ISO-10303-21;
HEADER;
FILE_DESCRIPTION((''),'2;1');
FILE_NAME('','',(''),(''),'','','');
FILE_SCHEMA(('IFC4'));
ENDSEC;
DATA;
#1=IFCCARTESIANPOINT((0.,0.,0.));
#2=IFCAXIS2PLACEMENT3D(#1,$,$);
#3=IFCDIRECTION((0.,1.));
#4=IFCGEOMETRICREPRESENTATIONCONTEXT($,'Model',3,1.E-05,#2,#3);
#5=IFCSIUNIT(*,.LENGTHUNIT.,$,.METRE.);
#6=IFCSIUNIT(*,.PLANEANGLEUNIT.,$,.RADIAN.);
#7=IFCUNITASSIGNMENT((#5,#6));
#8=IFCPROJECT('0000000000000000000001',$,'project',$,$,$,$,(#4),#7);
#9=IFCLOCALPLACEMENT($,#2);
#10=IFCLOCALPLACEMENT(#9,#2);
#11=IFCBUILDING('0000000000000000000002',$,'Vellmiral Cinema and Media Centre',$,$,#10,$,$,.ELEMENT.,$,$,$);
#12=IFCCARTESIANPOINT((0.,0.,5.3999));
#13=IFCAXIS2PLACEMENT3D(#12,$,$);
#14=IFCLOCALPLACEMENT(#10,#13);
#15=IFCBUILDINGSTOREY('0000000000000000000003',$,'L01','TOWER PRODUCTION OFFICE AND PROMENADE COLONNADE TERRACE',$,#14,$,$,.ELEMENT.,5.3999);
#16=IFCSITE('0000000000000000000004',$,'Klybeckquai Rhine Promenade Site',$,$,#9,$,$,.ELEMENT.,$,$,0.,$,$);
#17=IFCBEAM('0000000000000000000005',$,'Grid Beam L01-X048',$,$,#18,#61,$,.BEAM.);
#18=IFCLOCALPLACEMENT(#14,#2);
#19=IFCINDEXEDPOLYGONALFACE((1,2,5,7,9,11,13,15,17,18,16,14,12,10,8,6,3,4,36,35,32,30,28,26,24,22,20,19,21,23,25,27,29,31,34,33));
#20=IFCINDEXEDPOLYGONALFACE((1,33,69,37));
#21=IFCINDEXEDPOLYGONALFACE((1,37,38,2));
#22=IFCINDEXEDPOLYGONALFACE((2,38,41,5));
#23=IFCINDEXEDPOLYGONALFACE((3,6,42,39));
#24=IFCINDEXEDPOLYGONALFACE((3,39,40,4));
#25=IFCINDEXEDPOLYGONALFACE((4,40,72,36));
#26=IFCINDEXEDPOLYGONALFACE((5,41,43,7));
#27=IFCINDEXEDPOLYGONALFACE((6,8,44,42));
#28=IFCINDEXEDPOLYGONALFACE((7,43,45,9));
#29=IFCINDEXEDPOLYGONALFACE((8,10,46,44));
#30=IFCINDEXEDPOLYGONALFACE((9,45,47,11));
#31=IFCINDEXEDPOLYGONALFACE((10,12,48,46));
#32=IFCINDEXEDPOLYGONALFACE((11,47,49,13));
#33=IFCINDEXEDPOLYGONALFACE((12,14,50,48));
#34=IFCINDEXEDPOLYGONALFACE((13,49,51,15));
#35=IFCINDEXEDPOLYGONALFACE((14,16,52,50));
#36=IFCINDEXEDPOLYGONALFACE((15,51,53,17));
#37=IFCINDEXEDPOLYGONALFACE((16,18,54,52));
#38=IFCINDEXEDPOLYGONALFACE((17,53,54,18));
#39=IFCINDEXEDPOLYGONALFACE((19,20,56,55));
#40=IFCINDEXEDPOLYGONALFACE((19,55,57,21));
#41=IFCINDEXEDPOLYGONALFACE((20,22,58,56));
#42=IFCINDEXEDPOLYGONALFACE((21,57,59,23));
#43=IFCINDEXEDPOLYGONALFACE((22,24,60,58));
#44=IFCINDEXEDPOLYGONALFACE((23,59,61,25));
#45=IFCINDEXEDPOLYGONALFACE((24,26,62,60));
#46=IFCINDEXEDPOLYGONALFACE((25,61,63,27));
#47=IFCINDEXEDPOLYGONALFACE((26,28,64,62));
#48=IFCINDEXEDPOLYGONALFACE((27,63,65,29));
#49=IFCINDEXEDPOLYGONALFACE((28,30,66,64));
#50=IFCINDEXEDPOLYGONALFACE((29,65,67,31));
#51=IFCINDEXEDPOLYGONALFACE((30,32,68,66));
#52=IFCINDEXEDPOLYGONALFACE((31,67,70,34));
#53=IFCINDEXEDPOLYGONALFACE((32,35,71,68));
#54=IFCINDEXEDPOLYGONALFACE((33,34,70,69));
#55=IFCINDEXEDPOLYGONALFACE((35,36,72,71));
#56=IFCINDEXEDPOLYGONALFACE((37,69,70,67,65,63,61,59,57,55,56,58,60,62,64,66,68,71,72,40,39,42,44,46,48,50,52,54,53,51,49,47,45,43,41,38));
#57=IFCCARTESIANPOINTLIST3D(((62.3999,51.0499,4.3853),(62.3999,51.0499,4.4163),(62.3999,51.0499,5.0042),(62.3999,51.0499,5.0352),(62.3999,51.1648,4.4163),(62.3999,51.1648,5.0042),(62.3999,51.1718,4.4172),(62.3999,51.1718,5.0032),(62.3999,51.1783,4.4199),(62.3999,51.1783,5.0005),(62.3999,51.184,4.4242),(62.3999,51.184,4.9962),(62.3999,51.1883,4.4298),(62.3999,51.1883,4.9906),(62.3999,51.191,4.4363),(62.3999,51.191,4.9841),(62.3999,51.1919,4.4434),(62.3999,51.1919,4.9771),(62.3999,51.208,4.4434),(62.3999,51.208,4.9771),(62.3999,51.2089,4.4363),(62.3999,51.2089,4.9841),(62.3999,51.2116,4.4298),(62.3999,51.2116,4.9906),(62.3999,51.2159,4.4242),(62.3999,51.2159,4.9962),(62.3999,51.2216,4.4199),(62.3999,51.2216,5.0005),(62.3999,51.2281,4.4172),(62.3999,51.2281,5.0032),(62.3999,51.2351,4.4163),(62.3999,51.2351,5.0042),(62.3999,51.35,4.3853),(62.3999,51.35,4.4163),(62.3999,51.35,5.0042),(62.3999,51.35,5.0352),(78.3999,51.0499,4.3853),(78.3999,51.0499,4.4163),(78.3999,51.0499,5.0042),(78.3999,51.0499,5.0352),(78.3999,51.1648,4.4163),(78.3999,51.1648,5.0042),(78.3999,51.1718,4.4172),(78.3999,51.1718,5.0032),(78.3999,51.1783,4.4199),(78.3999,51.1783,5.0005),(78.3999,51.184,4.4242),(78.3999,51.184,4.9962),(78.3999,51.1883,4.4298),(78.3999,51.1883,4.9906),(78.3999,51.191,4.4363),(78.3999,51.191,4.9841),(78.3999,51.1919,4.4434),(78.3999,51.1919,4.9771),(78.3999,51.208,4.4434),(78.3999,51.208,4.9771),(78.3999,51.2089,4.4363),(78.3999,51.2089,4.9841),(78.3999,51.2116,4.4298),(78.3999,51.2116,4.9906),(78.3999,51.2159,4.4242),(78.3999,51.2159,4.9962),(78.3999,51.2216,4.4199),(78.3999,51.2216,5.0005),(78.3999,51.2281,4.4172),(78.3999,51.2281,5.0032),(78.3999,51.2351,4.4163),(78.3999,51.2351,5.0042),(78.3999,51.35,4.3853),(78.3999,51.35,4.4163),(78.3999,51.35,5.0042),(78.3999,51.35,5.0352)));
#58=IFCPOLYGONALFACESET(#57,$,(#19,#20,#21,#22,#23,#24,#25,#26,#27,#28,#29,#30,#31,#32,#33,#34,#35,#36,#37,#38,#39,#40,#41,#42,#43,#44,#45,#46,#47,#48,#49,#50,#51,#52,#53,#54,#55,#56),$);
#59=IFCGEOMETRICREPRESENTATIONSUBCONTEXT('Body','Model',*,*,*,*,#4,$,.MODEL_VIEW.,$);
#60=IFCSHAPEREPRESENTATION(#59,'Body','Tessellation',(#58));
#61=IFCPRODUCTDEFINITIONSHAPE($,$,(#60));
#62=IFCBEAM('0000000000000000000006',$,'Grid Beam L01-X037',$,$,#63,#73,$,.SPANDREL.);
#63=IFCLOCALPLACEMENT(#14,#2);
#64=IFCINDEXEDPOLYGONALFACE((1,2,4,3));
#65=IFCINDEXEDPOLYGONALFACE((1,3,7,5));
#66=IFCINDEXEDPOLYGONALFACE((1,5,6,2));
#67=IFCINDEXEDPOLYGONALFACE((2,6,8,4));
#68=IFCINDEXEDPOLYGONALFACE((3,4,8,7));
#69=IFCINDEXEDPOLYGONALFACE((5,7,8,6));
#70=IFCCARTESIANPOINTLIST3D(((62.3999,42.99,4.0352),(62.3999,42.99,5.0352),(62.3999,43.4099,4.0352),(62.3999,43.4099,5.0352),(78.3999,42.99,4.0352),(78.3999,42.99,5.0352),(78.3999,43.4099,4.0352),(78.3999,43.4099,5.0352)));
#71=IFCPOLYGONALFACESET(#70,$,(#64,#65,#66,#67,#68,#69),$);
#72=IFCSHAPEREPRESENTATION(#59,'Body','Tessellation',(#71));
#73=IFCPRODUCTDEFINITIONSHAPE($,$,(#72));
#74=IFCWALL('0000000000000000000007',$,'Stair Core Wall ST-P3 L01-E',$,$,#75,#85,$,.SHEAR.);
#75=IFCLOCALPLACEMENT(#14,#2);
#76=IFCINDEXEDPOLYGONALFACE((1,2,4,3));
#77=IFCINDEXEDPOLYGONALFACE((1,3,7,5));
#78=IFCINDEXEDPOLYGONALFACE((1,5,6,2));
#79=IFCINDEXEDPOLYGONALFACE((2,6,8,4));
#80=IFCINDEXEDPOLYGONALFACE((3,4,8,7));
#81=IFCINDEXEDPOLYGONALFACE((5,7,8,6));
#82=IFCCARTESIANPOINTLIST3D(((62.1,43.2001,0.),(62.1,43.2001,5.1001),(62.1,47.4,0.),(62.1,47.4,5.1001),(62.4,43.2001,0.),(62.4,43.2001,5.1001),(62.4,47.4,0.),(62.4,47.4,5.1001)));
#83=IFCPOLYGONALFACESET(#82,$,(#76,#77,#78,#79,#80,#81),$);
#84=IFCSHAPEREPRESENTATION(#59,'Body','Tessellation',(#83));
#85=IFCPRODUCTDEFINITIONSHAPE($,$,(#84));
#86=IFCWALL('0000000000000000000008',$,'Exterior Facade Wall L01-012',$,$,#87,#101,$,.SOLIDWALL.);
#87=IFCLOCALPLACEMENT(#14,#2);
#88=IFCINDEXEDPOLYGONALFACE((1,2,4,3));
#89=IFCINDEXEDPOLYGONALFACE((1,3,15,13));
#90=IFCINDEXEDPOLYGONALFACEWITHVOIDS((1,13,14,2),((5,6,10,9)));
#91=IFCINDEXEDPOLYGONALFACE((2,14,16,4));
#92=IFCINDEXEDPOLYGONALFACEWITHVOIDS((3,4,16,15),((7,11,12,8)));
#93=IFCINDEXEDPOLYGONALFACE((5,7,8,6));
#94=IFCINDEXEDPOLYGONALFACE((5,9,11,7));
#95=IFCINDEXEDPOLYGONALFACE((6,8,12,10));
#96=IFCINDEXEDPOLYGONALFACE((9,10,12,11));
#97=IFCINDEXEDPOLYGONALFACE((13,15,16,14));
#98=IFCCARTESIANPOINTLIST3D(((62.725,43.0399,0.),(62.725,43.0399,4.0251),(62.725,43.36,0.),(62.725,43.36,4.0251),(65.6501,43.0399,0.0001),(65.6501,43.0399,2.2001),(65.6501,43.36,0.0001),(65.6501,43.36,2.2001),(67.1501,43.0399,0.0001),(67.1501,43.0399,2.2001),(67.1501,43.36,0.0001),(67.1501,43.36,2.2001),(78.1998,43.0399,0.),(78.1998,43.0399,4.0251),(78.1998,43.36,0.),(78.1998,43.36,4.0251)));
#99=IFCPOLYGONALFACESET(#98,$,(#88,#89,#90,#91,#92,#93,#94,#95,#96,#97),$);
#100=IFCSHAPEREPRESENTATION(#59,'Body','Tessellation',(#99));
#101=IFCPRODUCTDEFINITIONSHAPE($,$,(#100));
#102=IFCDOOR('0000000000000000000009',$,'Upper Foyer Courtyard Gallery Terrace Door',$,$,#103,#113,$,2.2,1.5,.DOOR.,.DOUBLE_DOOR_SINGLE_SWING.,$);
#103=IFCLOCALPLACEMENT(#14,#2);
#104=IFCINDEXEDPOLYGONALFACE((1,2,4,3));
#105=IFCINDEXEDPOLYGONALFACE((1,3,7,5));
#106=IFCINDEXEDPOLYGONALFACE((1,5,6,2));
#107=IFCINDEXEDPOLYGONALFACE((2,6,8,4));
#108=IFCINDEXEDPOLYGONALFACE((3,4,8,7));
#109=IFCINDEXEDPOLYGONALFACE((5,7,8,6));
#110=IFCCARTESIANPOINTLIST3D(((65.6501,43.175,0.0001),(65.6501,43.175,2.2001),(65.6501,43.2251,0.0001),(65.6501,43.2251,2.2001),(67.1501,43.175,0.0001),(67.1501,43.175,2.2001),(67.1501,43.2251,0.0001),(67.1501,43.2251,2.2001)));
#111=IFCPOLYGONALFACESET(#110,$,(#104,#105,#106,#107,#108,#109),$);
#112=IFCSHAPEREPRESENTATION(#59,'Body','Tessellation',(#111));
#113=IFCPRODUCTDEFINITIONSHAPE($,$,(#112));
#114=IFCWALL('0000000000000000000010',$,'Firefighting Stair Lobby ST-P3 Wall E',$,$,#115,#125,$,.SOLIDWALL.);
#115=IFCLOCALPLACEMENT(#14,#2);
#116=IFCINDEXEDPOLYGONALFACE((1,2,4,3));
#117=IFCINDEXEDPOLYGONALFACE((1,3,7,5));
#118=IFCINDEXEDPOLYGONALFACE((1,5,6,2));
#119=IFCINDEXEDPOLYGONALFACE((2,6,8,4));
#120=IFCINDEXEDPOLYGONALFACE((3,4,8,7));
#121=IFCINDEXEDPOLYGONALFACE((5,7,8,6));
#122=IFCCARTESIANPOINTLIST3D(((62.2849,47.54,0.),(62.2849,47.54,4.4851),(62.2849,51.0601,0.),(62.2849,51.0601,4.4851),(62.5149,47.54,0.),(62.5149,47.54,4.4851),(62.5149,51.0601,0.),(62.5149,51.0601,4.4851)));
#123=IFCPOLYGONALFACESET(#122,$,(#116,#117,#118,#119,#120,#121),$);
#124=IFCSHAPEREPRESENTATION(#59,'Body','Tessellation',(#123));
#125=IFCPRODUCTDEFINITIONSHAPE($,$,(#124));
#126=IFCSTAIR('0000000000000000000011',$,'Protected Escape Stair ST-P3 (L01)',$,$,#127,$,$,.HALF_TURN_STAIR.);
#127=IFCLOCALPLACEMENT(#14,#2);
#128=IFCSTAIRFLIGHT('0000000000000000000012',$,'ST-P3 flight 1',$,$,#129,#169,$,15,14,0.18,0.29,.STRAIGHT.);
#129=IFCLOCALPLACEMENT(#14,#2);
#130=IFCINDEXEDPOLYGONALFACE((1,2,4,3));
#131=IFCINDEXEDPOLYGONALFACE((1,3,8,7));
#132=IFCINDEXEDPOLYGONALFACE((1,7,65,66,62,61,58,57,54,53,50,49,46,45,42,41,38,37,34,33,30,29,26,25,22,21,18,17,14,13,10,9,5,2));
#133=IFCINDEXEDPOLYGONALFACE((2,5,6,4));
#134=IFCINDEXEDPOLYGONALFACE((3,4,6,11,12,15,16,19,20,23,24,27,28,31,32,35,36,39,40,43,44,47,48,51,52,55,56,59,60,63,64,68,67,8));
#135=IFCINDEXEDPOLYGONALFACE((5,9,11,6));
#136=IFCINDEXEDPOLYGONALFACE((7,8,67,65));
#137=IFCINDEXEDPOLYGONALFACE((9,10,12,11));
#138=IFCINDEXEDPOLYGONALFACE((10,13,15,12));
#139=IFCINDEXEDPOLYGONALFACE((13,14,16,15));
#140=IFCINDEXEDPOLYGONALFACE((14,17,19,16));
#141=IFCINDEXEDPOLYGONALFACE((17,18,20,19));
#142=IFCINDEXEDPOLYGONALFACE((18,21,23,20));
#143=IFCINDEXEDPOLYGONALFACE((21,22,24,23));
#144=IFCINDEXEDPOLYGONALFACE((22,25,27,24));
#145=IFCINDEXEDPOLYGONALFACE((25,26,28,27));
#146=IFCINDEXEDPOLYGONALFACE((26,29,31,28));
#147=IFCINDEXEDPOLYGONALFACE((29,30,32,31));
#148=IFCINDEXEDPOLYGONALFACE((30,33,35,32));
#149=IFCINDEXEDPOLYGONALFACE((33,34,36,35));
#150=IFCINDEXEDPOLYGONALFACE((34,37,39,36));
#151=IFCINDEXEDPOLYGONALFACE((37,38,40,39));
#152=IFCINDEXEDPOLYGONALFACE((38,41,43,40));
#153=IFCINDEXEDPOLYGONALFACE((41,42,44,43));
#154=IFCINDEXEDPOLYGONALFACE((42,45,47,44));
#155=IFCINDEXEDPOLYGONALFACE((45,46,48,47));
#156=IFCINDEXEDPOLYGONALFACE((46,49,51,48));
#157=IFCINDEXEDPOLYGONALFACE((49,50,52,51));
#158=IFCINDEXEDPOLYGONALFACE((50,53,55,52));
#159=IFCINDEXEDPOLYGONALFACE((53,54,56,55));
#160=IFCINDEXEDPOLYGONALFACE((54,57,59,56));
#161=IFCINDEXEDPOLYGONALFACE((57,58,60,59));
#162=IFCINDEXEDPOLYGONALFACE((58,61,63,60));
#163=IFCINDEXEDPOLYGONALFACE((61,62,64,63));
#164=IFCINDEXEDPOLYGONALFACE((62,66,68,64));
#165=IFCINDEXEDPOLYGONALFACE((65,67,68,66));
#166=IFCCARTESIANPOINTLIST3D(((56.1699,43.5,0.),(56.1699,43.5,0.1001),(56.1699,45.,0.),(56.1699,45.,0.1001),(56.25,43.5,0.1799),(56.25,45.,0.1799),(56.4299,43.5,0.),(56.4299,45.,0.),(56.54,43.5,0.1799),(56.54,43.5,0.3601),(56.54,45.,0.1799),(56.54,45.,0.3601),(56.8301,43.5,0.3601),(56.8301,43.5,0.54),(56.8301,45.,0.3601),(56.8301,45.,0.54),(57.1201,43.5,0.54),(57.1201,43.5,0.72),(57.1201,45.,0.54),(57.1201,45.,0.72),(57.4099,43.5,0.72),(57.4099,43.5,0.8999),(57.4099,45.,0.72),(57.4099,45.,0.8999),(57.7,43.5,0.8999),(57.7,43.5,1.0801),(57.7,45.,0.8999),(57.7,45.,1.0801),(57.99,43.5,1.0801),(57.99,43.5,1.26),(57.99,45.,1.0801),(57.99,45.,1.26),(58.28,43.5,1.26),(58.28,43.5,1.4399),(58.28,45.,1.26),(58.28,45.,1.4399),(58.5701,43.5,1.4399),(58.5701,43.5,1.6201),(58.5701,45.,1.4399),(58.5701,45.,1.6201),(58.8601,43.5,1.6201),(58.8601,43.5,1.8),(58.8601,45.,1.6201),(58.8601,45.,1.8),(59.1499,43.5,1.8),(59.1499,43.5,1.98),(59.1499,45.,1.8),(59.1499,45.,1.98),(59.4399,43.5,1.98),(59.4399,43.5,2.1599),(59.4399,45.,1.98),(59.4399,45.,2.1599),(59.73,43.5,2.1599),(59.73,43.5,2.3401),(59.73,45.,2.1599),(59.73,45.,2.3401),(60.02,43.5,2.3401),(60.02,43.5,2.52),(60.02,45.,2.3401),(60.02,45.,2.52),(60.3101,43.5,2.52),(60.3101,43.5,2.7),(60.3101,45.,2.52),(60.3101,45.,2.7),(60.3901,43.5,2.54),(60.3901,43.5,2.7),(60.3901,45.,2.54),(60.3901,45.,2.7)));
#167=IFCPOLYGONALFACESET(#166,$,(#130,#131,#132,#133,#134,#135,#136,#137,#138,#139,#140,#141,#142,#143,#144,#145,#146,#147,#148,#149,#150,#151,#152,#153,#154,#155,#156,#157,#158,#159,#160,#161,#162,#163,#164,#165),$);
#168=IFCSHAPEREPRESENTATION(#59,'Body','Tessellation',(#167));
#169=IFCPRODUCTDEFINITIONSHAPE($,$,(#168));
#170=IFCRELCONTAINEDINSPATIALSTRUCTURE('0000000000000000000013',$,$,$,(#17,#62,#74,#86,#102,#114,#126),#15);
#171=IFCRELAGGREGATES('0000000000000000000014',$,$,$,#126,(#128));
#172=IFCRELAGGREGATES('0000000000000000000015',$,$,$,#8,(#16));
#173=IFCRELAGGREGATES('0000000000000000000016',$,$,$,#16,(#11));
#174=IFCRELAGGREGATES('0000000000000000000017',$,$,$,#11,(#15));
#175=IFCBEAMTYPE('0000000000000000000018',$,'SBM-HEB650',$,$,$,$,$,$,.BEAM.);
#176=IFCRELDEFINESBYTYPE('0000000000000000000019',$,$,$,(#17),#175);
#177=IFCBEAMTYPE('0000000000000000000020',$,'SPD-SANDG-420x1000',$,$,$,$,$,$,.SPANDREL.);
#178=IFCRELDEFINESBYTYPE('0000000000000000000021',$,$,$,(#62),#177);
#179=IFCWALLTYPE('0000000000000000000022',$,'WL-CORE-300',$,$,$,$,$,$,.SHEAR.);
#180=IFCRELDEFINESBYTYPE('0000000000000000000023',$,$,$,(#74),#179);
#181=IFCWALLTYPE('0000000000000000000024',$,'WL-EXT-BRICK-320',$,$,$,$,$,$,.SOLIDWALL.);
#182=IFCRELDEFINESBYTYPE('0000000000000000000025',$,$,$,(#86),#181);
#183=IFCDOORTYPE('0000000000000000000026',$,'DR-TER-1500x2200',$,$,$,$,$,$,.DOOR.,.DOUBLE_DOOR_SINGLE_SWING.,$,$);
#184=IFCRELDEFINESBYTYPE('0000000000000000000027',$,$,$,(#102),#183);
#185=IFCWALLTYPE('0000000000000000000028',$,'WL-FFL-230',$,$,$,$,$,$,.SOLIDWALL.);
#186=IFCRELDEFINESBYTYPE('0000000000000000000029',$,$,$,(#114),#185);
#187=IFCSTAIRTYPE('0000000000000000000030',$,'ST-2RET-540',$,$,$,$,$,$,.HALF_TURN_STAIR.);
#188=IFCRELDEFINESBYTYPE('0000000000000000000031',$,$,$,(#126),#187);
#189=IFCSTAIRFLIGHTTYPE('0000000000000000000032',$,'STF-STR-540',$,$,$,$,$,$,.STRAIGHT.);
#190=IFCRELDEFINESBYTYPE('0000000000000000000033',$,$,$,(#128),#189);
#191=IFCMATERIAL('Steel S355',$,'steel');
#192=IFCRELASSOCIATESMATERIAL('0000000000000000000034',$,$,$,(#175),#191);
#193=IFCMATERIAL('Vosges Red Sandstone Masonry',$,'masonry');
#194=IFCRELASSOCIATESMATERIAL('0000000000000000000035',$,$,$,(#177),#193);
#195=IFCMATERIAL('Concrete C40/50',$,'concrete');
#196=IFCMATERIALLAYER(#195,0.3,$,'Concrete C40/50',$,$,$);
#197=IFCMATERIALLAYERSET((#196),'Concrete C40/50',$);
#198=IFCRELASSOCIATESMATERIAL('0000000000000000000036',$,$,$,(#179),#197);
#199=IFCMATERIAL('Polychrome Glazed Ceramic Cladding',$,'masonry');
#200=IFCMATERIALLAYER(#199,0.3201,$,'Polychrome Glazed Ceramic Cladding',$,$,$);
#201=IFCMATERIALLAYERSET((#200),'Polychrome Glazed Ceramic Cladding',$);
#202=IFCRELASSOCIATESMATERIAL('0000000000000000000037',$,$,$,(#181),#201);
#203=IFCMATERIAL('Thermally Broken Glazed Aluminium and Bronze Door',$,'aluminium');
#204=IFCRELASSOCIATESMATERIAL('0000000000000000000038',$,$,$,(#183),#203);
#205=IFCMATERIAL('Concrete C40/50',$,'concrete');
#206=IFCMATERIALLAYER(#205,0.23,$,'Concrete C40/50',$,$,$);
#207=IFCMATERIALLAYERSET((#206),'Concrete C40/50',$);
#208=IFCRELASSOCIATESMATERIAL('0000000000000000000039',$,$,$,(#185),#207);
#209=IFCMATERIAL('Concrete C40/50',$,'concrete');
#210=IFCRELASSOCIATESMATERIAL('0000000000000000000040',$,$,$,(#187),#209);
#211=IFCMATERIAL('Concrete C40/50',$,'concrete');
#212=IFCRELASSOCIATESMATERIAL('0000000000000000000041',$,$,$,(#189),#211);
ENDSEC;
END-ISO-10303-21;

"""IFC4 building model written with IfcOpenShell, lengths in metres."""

from ifc_helpers import new_model, si_unit, direction, frame, frame_2d, origin, origin_2d, place, context, subcontext, project, spatial, polyline, rectangle, i_section, outline, extrude, material, layer, layer_set, material_profile, profile_set, type_object, element, fill, aggregate, save


model = new_model("IFC4")

# Units and contexts
model_context = context("Model", 3, precision=1e-05, world=origin(), true_north=direction((0.0, 1.0)))
body_context = subcontext(model_context, "Body", "Model", "MODEL_VIEW")
ifc_project = project(units=[si_unit("LENGTHUNIT", "METRE"), si_unit("PLANEANGLEUNIT", "RADIAN")], contexts=[model_context])

# Site, building, storey
site_placement = place(None, origin())
site = spatial("IfcSite", under=ifc_project, at=site_placement, Name="Klybeckquai Rhine Promenade Site", CompositionType="ELEMENT", RefElevation=0.0)
building_placement = place(site_placement, origin())
building = spatial("IfcBuilding", under=site, at=building_placement, Name="Vellmiral Cinema and Media Centre", CompositionType="ELEMENT")
storey_placement = place(building_placement, frame((0.0, 0.0, 5.3999)))
storey = spatial("IfcBuildingStorey", under=building, at=storey_placement, Name="L01", Description="TOWER PRODUCTION OFFICE AND PROMENADE COLONNADE TERRACE", CompositionType="ELEMENT", Elevation=5.3999)

# Beams
ifc_material_1 = material(Name="Steel S355", Category="steel")
ifc_material_profile_1 = material_profile(ifc_material_1, i_section(OverallWidth=0.3, OverallDepth=0.6499, WebThickness=0.0161, FlangeThickness=0.031, FilletRadius=0.0271, at=origin_2d()), Name="HEB 650")
ifc_profile_set_1 = profile_set([ifc_material_profile_1], Name="Steel S355")
beam_type_1 = type_object("IfcBeamType", Name="SBM-HEB650", PredefinedType="BEAM", material=ifc_profile_set_1)
beam_1_placement = place(storey_placement, frame((62.3999, 51.2, 4.7102), z_axis=(1.0, 0.0, 0.0), x_axis=(0.0, 1.0, 0.0)))
element("IfcBeam", 1, at=beam_1_placement, inside=storey, type_object=beam_type_1, Name="Grid Beam L01-X048", PredefinedType="BEAM", context=body_context, shape_type="SweptSolid", body=[
    extrude(i_section(OverallWidth=0.3, OverallDepth=0.6499, WebThickness=0.0161, FlangeThickness=0.031, FilletRadius=0.0271, at=origin_2d()), origin(), (0.0, 0.0, 1.0), 16.0),
])
ifc_material_2 = material(Name="Vosges Red Sandstone Masonry", Category="masonry")
ifc_material_profile_2 = material_profile(ifc_material_2, rectangle(XDim=0.4199, YDim=1.0, at=origin_2d()), Name="SAND 420x1000")
ifc_profile_set_2 = profile_set([ifc_material_profile_2], Name="Vosges Red Sandstone Masonry")
beam_type_2 = type_object("IfcBeamType", Name="SPD-SANDG-420x1000", PredefinedType="SPANDREL", material=ifc_profile_set_2)
beam_2_placement = place(storey_placement, frame((62.3999, 43.2, 4.5352), z_axis=(1.0, 0.0, 0.0), x_axis=(0.0, 1.0, 0.0)))
element("IfcBeam", 2, at=beam_2_placement, inside=storey, type_object=beam_type_2, Name="Grid Beam L01-X037", PredefinedType="SPANDREL", context=body_context, shape_type="SweptSolid", body=[
    extrude(rectangle(XDim=0.4199, YDim=1.0, at=origin_2d()), origin(), (0.0, 0.0, 1.0), 16.0),
])

# Wall
ifc_material_3 = material(Name="Concrete C40/50", Category="concrete")
ifc_layer_1 = layer(ifc_material_3, 0.3, Name="Concrete C40/50")
ifc_layer_set_1 = layer_set([ifc_layer_1], Name="Concrete C40/50")
wall_type_1 = type_object("IfcWallType", Name="WL-CORE-300", PredefinedType="SHEAR", material=ifc_layer_set_1)
wall_1_placement = place(storey_placement, frame((62.25, 43.2, 0.0), z_axis=(0.0, 0.0, 1.0), x_axis=(0.0, 1.0, 0.0)))
element("IfcWall", 3, at=wall_1_placement, inside=storey, type_object=wall_type_1, Name="Stair Core Wall ST-P3 L01-E", PredefinedType="SHEAR", context=body_context, shape_type="SweptSolid", body=[
    extrude(rectangle(XDim=4.2, YDim=0.3, at=frame_2d((2.1001, 0.0))), origin(), (0.0, 0.0, 1.0), 5.1001),
])

# Wall, opening, door
ifc_material_4 = material(Name="Polychrome Glazed Ceramic Cladding", Category="masonry")
ifc_layer_2 = layer(ifc_material_4, 0.3201, Name="Polychrome Glazed Ceramic Cladding")
ifc_layer_set_2 = layer_set([ifc_layer_2], Name="Polychrome Glazed Ceramic Cladding")
wall_type_2 = type_object("IfcWallType", Name="WL-EXT-BRICK-320", PredefinedType="SOLIDWALL", material=ifc_layer_set_2)
wall_2_placement = place(storey_placement, frame((62.7251, 43.2, 0.0), z_axis=(0.0, 0.0, 1.0), x_axis=(1.0, 0.0, 0.0)))
wall_2 = element("IfcWall", 4, at=wall_2_placement, inside=storey, type_object=wall_type_2, Name="Exterior Facade Wall L01-012", PredefinedType="SOLIDWALL", context=body_context, shape_type="SweptSolid", body=[
    extrude(rectangle(XDim=15.4749, YDim=0.3201, at=frame_2d((7.7373, 0.0))), origin(), (0.0, 0.0, 1.0), 4.0251),
])
opening_placement = place(wall_2_placement, frame((2.925, 0.0, 0.0)))
opening = element("IfcOpeningElement", 5, at=opening_placement, cuts=wall_2, PredefinedType="OPENING", context=body_context, shape_type="SweptSolid", body=[
    extrude(rectangle(XDim=1.5, YDim=2.2, at=frame_2d((0.75, 1.1001))), frame((0.0, 0.1719, 0.0), z_axis=(0.0, -1.0, 0.0), x_axis=(1.0, 0.0, 0.0)), (0.0, 0.0, 1.0), 0.344),
])
ifc_material_5 = material(Name="Thermally Broken Glazed Aluminium and Bronze Door", Category="aluminium")
door_type = type_object("IfcDoorType", Name="DR-TER-1500x2200", OperationType="DOUBLE_DOOR_SINGLE_SWING", PredefinedType="DOOR", material=ifc_material_5)
door_placement = place(opening_placement, frame((1.5, 0.0, 0.0), z_axis=(0.0, 0.0, 1.0), x_axis=(-1.0, 0.0, 0.0)))
door = element("IfcDoor", 6, at=door_placement, inside=storey, type_object=door_type, Name="Upper Foyer Courtyard Gallery Terrace Door", OperationType="DOUBLE_DOOR_SINGLE_SWING", OverallHeight=2.2, OverallWidth=1.5, PredefinedType="DOOR", context=body_context, shape_type="SweptSolid", body=[
    extrude(rectangle(XDim=1.5, YDim=2.2, at=frame_2d((0.75, 1.1001))), frame((0.0, 0.0249, 0.0), z_axis=(0.0, -1.0, 0.0), x_axis=(1.0, 0.0, 0.0)), (0.0, 0.0, 1.0), 0.05),
])
fill(opening, door)

# Wall
ifc_material_6 = material(Name="Concrete C40/50", Category="concrete")
ifc_layer_3 = layer(ifc_material_6, 0.23, Name="Concrete C40/50")
ifc_layer_set_3 = layer_set([ifc_layer_3], Name="Concrete C40/50")
wall_type_3 = type_object("IfcWallType", Name="WL-FFL-230", PredefinedType="SOLIDWALL", material=ifc_layer_set_3)
wall_3_placement = place(storey_placement, frame((62.3999, 47.54, 0.0), z_axis=(0.0, 0.0, 1.0), x_axis=(0.0, 1.0, 0.0)))
element("IfcWall", 7, at=wall_3_placement, inside=storey, type_object=wall_type_3, Name="Firefighting Stair Lobby ST-P3 Wall E", PredefinedType="SOLIDWALL", context=body_context, shape_type="SweptSolid", body=[
    extrude(rectangle(XDim=3.52, YDim=0.23, at=frame_2d((1.76, 0.0))), origin(), (0.0, 0.0, 1.0), 4.4851),
])

# Stair, stair flight
ifc_material_7 = material(Name="Concrete C40/50", Category="concrete")
stair_type = type_object("IfcStairType", Name="ST-2RET-540", PredefinedType="HALF_TURN_STAIR", material=ifc_material_7)
stair_placement = place(storey_placement, origin())
stair = element("IfcStair", 8, at=stair_placement, inside=storey, type_object=stair_type, Name="Protected Escape Stair ST-P3 (L01)", PredefinedType="HALF_TURN_STAIR")
ifc_material_8 = material(Name="Concrete C40/50", Category="concrete")
stair_flight_type = type_object("IfcStairFlightType", Name="STF-STR-540", PredefinedType="STRAIGHT", material=ifc_material_8)
stair_flight_1_placement = place(storey_placement, frame((56.25, 44.25, 0.0), z_axis=(0.0, 0.0, 1.0), x_axis=(1.0, 0.0, 0.0)))
stair_flight_1 = element("IfcStairFlight", 9, at=stair_flight_1_placement, type_object=stair_flight_type, Name="ST-P3 flight 1", NumberOfRisers=15, NumberOfTreads=14, PredefinedType="STRAIGHT", RiserHeight=0.18, TreadLength=0.29, context=body_context, shape_type="SweptSolid", body=[
    extrude(outline(polyline([(-0.0801, 0.0), (-0.0801, 0.1001), (0.0, 0.1799), (0.29, 0.1799), (0.29, 0.3601), (0.5801, 0.3601), (0.5801, 0.54), (0.8701, 0.54), (0.8701, 0.72), (1.1599, 0.72), (1.1599, 0.8999), (1.45, 0.8999), (1.45, 1.0801), (1.74, 1.0801), (1.74, 1.26), (2.03, 1.26), (2.03, 1.4399), (2.3201, 1.4399), (2.3201, 1.6201), (2.6101, 1.6201), (2.6101, 1.8), (2.8999, 1.8), (2.8999, 1.98), (3.1899, 1.98), (3.1899, 2.1599), (3.48, 2.1599), (3.48, 2.3401), (3.77, 2.3401), (3.77, 2.52), (4.0601, 2.52), (4.0601, 2.7), (4.1401, 2.7), (4.1401, 2.54), (0.1799, 0.0), (-0.0801, 0.0)])), frame((0.0, 0.75, 0.0), z_axis=(0.0, -1.0, 0.0), x_axis=(1.0, 0.0, 0.0)), (0.0, 0.0, 1.0), 1.5),
])
aggregate(stair, [stair_flight_1])

save(model, "model.ifc")
